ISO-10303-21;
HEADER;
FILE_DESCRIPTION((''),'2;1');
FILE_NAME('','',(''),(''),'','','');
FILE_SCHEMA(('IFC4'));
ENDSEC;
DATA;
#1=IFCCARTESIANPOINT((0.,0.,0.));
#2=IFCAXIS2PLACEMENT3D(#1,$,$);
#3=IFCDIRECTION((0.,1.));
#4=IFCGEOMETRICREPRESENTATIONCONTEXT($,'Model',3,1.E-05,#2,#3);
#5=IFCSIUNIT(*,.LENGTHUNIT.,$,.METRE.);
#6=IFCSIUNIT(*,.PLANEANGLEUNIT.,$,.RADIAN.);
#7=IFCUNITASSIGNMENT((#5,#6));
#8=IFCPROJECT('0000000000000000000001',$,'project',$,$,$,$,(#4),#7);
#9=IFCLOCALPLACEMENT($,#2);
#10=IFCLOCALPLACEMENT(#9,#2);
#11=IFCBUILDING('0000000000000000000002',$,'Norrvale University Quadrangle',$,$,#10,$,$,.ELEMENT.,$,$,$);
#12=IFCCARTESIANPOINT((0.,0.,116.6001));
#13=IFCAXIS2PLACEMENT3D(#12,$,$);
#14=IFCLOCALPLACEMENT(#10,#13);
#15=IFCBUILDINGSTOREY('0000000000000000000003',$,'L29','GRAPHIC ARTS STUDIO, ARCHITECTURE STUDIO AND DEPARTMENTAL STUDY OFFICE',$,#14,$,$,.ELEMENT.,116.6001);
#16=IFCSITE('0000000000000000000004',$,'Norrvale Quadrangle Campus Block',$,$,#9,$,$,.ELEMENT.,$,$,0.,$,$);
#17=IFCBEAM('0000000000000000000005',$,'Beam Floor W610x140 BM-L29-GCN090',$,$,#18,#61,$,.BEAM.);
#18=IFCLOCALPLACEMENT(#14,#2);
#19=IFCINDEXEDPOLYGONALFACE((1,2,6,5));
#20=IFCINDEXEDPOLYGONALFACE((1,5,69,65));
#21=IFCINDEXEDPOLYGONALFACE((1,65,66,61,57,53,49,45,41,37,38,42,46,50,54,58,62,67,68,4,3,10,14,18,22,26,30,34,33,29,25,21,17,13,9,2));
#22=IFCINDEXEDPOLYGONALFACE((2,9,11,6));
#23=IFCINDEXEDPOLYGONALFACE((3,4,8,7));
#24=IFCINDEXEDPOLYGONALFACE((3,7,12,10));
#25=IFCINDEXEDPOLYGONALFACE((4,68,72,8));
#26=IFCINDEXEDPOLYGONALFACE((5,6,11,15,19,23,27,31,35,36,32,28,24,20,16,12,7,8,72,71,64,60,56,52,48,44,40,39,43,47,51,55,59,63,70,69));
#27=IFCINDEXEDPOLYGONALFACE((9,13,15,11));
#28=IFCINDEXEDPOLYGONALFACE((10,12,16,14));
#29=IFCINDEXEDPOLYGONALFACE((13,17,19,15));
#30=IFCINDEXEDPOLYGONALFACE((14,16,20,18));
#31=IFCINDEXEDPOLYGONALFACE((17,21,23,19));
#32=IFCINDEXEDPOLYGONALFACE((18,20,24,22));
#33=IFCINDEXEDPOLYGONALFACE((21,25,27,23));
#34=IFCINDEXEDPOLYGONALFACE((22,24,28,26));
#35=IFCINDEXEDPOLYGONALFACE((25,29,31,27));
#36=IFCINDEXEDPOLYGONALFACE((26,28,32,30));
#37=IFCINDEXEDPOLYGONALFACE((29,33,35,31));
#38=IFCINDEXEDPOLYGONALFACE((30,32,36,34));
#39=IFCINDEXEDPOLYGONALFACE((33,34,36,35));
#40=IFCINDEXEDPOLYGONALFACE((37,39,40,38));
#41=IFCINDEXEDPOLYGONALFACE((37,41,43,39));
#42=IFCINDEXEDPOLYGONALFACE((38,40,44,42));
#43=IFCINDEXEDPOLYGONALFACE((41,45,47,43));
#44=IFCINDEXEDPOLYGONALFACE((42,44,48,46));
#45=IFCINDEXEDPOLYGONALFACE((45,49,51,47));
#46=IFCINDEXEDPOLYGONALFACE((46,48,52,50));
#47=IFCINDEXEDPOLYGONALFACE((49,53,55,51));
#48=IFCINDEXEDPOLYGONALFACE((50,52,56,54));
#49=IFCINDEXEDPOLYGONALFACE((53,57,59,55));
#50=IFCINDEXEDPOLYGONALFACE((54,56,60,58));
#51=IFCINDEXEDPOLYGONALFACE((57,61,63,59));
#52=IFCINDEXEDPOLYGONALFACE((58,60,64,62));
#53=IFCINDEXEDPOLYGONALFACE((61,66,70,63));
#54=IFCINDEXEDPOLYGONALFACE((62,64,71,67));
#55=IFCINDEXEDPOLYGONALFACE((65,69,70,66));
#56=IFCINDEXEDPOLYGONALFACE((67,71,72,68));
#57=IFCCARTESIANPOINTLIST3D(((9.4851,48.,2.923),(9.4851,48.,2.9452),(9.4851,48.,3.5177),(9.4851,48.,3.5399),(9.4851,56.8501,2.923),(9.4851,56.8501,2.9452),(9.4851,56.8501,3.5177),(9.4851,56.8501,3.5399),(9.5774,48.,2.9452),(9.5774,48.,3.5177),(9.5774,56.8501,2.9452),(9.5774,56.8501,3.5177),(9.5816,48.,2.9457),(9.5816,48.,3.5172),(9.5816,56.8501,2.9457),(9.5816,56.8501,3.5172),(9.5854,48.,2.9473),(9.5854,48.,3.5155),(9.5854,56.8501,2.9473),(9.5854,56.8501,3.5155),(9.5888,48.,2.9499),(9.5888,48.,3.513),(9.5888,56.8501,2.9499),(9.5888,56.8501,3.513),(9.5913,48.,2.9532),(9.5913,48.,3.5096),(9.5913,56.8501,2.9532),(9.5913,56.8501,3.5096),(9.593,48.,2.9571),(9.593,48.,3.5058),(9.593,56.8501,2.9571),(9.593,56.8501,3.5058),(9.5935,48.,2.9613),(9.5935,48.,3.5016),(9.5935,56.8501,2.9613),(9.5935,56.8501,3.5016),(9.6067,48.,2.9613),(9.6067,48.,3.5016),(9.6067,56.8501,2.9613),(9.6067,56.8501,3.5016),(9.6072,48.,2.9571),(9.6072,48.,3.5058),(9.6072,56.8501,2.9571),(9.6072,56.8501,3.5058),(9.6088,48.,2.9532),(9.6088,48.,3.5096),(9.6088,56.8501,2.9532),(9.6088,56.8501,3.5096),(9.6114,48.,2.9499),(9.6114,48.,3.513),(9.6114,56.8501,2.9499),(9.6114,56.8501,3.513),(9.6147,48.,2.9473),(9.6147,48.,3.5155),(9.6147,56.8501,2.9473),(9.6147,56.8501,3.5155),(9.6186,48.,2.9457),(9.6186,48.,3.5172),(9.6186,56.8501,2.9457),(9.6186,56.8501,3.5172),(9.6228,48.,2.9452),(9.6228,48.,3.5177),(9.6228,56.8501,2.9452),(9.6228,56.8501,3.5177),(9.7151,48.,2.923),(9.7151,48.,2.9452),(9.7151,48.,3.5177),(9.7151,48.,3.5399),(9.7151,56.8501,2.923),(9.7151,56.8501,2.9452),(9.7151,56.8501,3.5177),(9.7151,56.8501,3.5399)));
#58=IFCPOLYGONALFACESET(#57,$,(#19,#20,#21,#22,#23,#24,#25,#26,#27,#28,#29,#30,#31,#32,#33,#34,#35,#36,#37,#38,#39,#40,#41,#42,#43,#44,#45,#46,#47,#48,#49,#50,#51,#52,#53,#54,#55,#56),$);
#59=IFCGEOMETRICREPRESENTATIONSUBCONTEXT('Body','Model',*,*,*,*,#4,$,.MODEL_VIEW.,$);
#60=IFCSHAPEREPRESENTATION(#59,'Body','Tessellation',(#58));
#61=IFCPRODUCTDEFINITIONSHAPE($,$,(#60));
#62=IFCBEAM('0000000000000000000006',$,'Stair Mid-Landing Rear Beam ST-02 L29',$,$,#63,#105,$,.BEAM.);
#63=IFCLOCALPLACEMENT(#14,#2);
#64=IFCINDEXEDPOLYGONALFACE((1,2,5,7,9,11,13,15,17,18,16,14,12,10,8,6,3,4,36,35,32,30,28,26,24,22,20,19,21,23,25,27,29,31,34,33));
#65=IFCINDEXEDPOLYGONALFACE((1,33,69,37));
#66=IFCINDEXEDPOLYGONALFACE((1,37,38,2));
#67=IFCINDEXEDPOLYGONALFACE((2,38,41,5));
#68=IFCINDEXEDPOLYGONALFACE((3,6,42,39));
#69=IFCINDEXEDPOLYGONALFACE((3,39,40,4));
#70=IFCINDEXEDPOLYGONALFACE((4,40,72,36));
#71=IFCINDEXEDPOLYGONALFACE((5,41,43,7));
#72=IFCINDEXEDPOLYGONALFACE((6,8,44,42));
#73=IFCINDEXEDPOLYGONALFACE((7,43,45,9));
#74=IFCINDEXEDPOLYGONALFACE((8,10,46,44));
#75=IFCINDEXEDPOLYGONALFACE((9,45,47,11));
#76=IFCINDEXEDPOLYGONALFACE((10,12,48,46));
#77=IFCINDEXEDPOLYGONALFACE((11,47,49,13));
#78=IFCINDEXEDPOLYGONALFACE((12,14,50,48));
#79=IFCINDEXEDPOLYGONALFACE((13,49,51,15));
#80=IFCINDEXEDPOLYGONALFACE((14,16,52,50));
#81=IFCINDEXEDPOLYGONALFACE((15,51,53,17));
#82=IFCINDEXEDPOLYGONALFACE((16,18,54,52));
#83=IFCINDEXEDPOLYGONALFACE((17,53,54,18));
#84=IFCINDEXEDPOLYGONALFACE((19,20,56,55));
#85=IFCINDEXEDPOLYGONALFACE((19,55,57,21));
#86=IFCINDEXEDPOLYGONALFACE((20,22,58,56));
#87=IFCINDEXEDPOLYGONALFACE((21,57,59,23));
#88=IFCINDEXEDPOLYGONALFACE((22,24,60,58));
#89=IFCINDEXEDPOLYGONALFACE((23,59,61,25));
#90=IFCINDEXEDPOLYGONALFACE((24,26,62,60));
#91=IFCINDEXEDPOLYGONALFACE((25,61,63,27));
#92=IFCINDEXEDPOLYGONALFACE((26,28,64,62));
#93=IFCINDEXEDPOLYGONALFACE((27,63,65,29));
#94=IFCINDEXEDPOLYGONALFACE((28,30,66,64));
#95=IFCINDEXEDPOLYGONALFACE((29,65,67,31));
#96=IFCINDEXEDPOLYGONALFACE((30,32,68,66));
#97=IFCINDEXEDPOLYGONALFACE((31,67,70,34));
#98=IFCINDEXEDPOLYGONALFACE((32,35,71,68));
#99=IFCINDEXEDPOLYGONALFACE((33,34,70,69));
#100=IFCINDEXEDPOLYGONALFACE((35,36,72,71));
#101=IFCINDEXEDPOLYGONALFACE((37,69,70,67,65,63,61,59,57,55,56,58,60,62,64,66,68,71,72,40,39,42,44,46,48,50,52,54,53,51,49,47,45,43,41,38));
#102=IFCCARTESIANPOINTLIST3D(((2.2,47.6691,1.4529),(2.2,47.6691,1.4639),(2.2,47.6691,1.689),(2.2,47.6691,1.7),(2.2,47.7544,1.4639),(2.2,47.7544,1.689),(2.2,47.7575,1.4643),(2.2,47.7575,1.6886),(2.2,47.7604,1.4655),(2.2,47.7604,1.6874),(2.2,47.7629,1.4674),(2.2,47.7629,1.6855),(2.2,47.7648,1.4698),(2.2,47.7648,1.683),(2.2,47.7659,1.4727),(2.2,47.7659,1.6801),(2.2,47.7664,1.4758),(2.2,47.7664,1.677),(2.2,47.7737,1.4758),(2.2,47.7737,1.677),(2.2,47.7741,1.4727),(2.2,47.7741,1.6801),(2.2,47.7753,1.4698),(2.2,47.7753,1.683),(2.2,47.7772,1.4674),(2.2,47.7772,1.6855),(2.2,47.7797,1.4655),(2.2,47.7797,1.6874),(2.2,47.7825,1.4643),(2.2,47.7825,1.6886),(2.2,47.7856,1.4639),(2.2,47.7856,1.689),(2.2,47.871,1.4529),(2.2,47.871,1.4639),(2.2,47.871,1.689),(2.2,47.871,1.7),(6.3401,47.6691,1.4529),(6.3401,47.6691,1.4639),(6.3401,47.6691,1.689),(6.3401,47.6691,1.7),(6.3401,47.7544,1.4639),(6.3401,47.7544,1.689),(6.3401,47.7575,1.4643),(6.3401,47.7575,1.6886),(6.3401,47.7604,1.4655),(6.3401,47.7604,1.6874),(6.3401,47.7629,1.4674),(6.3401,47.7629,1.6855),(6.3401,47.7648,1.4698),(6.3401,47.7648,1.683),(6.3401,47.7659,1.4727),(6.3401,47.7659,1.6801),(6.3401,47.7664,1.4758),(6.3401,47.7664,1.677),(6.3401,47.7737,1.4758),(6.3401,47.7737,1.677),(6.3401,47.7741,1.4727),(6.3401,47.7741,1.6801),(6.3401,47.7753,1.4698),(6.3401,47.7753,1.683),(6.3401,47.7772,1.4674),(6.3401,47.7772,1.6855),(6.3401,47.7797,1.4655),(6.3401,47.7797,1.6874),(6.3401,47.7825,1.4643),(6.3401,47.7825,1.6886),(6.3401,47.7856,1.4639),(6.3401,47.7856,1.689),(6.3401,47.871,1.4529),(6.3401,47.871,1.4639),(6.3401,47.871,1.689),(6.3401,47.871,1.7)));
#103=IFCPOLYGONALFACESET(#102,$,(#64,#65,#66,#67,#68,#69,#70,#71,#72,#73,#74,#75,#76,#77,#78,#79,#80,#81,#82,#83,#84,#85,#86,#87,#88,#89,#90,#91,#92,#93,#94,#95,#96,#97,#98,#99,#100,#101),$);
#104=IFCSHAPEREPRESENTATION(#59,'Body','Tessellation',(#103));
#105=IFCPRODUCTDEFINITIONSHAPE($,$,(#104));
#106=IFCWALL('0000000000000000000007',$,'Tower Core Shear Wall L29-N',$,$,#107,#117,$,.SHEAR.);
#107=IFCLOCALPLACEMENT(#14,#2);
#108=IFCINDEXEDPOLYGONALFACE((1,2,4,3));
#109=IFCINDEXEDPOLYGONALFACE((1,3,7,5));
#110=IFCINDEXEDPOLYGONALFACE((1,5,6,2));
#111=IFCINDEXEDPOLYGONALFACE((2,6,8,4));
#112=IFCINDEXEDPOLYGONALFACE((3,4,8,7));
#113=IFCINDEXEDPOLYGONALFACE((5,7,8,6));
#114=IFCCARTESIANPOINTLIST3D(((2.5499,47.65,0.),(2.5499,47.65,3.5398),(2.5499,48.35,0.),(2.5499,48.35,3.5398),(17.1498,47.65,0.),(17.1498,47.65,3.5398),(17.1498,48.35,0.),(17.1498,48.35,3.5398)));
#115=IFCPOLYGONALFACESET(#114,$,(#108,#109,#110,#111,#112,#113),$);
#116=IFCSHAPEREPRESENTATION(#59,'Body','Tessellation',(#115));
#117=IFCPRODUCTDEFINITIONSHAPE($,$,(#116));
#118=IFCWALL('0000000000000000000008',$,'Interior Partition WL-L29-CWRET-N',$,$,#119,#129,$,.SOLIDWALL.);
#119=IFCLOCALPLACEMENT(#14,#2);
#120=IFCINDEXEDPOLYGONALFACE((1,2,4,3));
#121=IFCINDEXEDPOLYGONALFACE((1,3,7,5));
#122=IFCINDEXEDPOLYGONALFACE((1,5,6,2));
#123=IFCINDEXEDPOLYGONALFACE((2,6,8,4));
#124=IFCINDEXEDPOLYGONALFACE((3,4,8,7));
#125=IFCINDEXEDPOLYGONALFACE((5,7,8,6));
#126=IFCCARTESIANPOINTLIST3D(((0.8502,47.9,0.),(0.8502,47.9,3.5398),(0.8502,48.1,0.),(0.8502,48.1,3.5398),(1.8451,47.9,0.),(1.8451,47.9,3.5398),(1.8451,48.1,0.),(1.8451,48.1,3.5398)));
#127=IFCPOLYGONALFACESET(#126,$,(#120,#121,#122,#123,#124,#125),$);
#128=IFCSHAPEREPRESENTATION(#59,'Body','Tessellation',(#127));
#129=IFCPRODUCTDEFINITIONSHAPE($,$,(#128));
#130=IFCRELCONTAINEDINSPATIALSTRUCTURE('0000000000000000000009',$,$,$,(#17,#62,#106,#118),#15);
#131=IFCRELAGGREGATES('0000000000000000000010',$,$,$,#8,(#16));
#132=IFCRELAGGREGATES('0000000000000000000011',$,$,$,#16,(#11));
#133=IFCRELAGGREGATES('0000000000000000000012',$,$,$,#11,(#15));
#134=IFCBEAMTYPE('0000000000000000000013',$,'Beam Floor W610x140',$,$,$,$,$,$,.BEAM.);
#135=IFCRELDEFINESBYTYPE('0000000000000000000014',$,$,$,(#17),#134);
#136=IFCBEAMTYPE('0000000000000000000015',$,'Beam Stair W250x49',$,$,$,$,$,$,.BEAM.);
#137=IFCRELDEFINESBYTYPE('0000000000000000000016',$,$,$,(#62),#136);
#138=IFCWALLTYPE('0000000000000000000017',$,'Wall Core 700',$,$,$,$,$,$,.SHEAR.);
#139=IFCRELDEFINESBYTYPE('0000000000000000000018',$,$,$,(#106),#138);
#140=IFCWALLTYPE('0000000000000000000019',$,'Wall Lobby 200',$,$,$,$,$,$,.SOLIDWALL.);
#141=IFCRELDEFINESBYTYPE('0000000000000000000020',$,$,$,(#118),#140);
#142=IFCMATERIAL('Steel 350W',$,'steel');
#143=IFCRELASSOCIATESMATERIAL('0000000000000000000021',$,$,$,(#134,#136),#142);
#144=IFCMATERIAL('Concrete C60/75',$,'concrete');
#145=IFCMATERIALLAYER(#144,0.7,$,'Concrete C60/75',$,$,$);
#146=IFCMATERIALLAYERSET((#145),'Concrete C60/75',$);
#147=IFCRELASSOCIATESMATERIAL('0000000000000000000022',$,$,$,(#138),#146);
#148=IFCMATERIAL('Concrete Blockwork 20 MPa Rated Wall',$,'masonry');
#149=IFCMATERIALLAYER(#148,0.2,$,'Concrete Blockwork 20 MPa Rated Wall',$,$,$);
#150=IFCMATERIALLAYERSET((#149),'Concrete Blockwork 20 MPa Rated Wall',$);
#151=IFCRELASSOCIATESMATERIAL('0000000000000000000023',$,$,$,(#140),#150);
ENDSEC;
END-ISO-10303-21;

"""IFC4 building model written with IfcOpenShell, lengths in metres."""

from ifc_helpers import new_model, si_unit, direction, frame, frame_2d, origin, origin_2d, place, context, subcontext, project, spatial, rectangle, i_section, extrude, material, layer, layer_set, material_profile, profile_set, type_object, element, save


model = new_model("IFC4")

# Units and contexts
model_context = context("Model", 3, precision=1e-05, world=origin(), true_north=direction((0.0, 1.0)))
body_context = subcontext(model_context, "Body", "Model", "MODEL_VIEW")
ifc_project = project(units=[si_unit("LENGTHUNIT", "METRE"), si_unit("PLANEANGLEUNIT", "RADIAN")], contexts=[model_context])

# Site, building, storey
site_placement = place(None, origin())
site = spatial("IfcSite", under=ifc_project, at=site_placement, Name="Norrvale Quadrangle Campus Block", CompositionType="ELEMENT", RefElevation=0.0)
building_placement = place(site_placement, origin())
building = spatial("IfcBuilding", under=site, at=building_placement, Name="Norrvale University Quadrangle", CompositionType="ELEMENT")
storey_placement = place(building_placement, frame((0.0, 0.0, 116.6001)))
storey = spatial("IfcBuildingStorey", under=building, at=storey_placement, Name="L29", Description="GRAPHIC ARTS STUDIO, ARCHITECTURE STUDIO AND DEPARTMENTAL STUDY OFFICE", CompositionType="ELEMENT", Elevation=116.6001)

# Shared definitions
ifc_material_1 = material(Name="Concrete C60/75", Category="concrete")

# Beams
ifc_material_2 = material(Name="Steel 350W", Category="steel")
ifc_material_profile_1 = material_profile(ifc_material_2, i_section(OverallWidth=0.23, OverallDepth=0.6169, WebThickness=0.0132, FlangeThickness=0.0222, FilletRadius=0.0161, at=origin_2d()), Name="Steel 350W")
ifc_profile_set_1 = profile_set([ifc_material_profile_1], Name="Steel 350W")
beam_type_1 = type_object("IfcBeamType", Name="Beam Floor W610x140", PredefinedType="BEAM", material=ifc_profile_set_1)
beam_1_placement = place(storey_placement, frame((9.6001, 48.0, 3.2314), z_axis=(0.0, 1.0, 0.0), x_axis=(-1.0, 0.0, 0.0)))
element("IfcBeam", 1, at=beam_1_placement, inside=storey, type_object=beam_type_1, Name="Beam Floor W610x140 BM-L29-GCN090", PredefinedType="BEAM", context=body_context, shape_type="SweptSolid", body=[
    extrude(i_section(OverallWidth=0.23, OverallDepth=0.6169, WebThickness=0.0132, FlangeThickness=0.0222, FilletRadius=0.0161, at=origin_2d()), origin(), (0.0, 0.0, 1.0), 8.8501),
])
ifc_material_profile_2 = material_profile(ifc_material_2, i_section(OverallWidth=0.2019, OverallDepth=0.2471, WebThickness=0.0073, FlangeThickness=0.011, FilletRadius=0.012, at=origin_2d()), Name="Steel 350W")
ifc_profile_set_2 = profile_set([ifc_material_profile_2], Name="Steel 350W")
beam_type_2 = type_object("IfcBeamType", Name="Beam Stair W250x49", PredefinedType="BEAM", material=ifc_profile_set_2)
beam_2_placement = place(storey_placement, frame((2.2, 47.77, 1.5764), z_axis=(1.0, 0.0, 0.0), x_axis=(0.0, 1.0, 0.0)))
element("IfcBeam", 2, at=beam_2_placement, inside=storey, type_object=beam_type_2, Name="Stair Mid-Landing Rear Beam ST-02 L29", PredefinedType="BEAM", context=body_context, shape_type="SweptSolid", body=[
    extrude(i_section(OverallWidth=0.2019, OverallDepth=0.2471, WebThickness=0.0073, FlangeThickness=0.011, FilletRadius=0.012, at=origin_2d()), origin(), (0.0, 0.0, 1.0), 4.1401),
])

# Walls
ifc_layer_1 = layer(ifc_material_1, 0.7, Name="Concrete C60/75")
ifc_layer_set_1 = layer_set([ifc_layer_1], Name="Concrete C60/75")
wall_type_1 = type_object("IfcWallType", Name="Wall Core 700", PredefinedType="SHEAR", material=ifc_layer_set_1)
wall_1_placement = place(storey_placement, frame((2.55, 48.0, 0.0), z_axis=(0.0, 0.0, 1.0), x_axis=(1.0, 0.0, 0.0)))
element("IfcWall", 3, at=wall_1_placement, inside=storey, type_object=wall_type_1, Name="Tower Core Shear Wall L29-N", PredefinedType="SHEAR", context=body_context, shape_type="SweptSolid", body=[
    extrude(rectangle(XDim=14.5999, YDim=0.7, at=frame_2d((7.2998, 0.0))), origin(), (0.0, 0.0, 1.0), 3.5398),
])
ifc_material_3 = material(Name="Concrete Blockwork 20 MPa Rated Wall", Category="masonry")
ifc_layer_2 = layer(ifc_material_3, 0.2, Name="Concrete Blockwork 20 MPa Rated Wall")
ifc_layer_set_2 = layer_set([ifc_layer_2], Name="Concrete Blockwork 20 MPa Rated Wall")
wall_type_2 = type_object("IfcWallType", Name="Wall Lobby 200", PredefinedType="SOLIDWALL", material=ifc_layer_set_2)
wall_2_placement = place(storey_placement, frame((0.8501, 48.0, 0.0), z_axis=(0.0, 0.0, 1.0), x_axis=(1.0, 0.0, 0.0)))
element("IfcWall", 4, at=wall_2_placement, inside=storey, type_object=wall_type_2, Name="Interior Partition WL-L29-CWRET-N", PredefinedType="SOLIDWALL", context=body_context, shape_type="SweptSolid", body=[
    extrude(rectangle(XDim=0.9949, YDim=0.2, at=frame_2d((0.4976, 0.0))), origin(), (0.0, 0.0, 1.0), 3.5398),
])

save(model, "model.ifc")
